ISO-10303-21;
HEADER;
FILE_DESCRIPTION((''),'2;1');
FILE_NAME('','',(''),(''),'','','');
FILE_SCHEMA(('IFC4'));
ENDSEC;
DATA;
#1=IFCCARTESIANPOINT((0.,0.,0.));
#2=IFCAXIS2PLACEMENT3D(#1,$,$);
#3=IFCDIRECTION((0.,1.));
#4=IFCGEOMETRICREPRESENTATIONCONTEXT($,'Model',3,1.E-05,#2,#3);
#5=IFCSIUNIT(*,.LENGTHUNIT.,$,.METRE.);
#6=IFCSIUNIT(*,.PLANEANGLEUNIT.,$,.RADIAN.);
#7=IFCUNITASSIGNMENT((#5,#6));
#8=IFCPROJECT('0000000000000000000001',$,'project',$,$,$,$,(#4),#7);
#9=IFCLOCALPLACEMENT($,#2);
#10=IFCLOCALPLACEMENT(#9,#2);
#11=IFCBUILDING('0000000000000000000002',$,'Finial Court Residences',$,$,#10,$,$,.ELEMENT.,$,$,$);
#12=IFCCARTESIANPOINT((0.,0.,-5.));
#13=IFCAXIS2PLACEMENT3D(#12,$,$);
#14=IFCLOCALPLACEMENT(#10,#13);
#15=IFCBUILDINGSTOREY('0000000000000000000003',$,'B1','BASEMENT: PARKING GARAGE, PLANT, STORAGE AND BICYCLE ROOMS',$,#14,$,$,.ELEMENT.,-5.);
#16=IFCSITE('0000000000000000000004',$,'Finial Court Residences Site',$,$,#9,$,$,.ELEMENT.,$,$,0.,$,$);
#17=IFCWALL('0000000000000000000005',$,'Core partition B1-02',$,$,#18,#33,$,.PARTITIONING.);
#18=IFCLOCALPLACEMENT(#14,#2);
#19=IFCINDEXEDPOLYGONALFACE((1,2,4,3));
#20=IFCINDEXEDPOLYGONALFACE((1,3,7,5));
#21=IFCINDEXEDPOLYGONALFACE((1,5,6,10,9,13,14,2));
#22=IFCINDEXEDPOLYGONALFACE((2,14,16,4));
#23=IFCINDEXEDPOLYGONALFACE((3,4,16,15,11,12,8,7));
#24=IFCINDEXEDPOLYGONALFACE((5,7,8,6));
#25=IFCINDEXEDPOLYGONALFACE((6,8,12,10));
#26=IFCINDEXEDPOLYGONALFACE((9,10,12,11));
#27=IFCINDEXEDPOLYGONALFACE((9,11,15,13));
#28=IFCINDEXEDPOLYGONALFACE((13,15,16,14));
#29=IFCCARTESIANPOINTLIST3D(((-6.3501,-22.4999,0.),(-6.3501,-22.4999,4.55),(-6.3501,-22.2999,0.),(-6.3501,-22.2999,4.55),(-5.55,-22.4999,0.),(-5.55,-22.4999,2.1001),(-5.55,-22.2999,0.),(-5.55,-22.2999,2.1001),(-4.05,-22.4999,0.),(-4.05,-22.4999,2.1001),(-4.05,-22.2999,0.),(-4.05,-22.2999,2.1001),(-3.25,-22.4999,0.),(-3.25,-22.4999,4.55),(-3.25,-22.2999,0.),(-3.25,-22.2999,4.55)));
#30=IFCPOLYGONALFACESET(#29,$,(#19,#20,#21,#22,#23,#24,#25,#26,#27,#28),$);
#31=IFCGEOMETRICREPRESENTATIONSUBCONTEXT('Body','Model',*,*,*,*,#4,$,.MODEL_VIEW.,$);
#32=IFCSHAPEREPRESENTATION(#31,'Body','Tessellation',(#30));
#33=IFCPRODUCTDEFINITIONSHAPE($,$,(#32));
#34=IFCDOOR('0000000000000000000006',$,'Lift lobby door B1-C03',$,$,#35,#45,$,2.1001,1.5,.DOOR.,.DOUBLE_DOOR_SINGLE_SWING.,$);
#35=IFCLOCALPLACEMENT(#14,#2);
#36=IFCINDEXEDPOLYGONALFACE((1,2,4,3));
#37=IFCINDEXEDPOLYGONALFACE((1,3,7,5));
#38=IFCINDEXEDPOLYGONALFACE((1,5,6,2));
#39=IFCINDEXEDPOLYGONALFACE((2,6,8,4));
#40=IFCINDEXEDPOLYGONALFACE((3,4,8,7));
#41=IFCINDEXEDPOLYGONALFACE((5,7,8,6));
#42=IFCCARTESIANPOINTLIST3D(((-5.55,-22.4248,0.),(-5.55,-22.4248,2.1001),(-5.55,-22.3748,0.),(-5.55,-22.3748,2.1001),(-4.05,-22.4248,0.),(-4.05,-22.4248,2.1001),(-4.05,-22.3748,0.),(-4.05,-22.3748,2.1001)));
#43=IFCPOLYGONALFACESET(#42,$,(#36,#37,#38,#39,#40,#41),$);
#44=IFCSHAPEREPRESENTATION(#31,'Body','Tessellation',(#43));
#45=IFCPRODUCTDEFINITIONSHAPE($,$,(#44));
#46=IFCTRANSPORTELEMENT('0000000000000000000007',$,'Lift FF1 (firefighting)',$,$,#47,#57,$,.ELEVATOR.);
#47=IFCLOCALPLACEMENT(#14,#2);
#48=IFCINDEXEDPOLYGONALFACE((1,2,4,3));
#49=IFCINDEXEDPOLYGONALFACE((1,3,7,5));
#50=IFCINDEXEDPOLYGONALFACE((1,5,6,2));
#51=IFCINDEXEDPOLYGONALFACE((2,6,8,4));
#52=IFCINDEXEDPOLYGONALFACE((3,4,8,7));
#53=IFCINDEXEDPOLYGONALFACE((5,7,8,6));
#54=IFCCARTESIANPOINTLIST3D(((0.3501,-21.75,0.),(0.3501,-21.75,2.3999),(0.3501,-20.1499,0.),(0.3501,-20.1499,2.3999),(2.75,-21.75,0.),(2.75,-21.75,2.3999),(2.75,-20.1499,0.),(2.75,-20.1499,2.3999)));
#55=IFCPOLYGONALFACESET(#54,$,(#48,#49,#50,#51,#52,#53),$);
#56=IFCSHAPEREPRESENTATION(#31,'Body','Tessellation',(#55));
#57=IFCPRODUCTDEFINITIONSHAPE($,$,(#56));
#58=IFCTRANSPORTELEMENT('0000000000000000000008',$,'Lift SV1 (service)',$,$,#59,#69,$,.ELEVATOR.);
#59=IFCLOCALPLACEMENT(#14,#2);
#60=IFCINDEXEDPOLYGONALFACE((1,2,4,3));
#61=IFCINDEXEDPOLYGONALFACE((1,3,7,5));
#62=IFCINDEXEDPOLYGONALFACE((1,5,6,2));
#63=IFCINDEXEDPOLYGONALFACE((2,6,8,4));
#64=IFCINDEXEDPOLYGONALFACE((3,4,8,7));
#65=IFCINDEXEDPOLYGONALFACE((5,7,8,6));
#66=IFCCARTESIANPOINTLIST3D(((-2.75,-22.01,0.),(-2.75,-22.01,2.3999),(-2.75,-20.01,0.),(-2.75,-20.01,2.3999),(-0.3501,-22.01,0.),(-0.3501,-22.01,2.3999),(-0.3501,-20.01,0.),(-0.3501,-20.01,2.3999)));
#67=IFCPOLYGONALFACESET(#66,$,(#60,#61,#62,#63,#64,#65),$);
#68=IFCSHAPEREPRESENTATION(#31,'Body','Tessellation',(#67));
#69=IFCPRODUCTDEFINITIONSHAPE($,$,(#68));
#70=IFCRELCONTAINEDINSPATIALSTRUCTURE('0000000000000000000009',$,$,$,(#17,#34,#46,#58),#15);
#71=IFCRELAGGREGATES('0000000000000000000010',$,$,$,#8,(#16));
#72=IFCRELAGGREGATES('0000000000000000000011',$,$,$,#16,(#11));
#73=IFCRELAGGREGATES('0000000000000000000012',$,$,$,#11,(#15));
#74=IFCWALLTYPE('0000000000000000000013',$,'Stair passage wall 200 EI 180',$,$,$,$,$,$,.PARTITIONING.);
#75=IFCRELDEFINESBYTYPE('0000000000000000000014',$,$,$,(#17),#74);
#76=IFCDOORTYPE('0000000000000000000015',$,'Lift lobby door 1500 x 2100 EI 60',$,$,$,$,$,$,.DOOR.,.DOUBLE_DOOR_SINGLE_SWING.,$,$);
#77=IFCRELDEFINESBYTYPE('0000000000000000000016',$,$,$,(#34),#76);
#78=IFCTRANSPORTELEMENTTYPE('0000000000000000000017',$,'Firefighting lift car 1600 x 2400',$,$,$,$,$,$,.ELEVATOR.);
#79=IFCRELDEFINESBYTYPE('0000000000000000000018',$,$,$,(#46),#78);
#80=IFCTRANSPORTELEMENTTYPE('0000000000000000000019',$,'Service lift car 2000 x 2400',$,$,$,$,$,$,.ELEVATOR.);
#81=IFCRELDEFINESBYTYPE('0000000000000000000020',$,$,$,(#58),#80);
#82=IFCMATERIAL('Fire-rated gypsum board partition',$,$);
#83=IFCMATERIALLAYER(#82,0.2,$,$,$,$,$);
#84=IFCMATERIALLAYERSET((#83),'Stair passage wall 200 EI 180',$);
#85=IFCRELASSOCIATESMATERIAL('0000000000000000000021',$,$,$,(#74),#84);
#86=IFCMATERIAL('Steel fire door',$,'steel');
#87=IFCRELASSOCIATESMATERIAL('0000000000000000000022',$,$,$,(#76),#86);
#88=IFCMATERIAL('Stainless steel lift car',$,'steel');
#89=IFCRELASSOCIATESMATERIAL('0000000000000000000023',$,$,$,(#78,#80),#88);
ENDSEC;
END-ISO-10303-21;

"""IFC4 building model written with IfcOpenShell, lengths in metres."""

from ifc_helpers import new_model, si_unit, direction, frame, frame_2d, origin, origin_2d, place, context, subcontext, project, spatial, rectangle, extrude, material, layer, layer_set, type_object, element, fill, save


model = new_model("IFC4")

# Units and contexts
model_context = context("Model", 3, precision=1e-05, world=origin(), true_north=direction((0.0, 1.0)))
body_context = subcontext(model_context, "Body", "Model", "MODEL_VIEW")
ifc_project = project(units=[si_unit("LENGTHUNIT", "METRE"), si_unit("PLANEANGLEUNIT", "RADIAN")], contexts=[model_context])

# Site, building, storey
site_placement = place(None, origin())
site = spatial("IfcSite", under=ifc_project, at=site_placement, Name="Finial Court Residences Site", CompositionType="ELEMENT", RefElevation=0.0)
building_placement = place(site_placement, origin())
building = spatial("IfcBuilding", under=site, at=building_placement, Name="Finial Court Residences", CompositionType="ELEMENT")
storey_placement = place(building_placement, frame((0.0, 0.0, -5.0)))
storey = spatial("IfcBuildingStorey", under=building, at=storey_placement, Name="B1", Description="BASEMENT: PARKING GARAGE, PLANT, STORAGE AND BICYCLE ROOMS", CompositionType="ELEMENT", Elevation=-5.0)

# Shared definitions
ifc_material_1 = material(Name="Fire-rated gypsum board partition")
ifc_material_2 = material(Name="Steel fire door", Category="steel")

# Wall, opening, door
ifc_layer_1 = layer(ifc_material_1, 0.2)
ifc_layer_set_1 = layer_set([ifc_layer_1], Name="Stair passage wall 200 EI 180")
wall_type_1 = type_object("IfcWallType", Name="Stair passage wall 200 EI 180", PredefinedType="PARTITIONING", material=ifc_layer_set_1)
wall_1_placement = place(storey_placement, frame((-3.25, -22.3999, 0.0), z_axis=(0.0, 0.0, 1.0), x_axis=(-1.0, 0.0, 0.0)))
wall_1 = element("IfcWall", 1, at=wall_1_placement, inside=storey, type_object=wall_type_1, Name="Core partition B1-02", PredefinedType="PARTITIONING", context=body_context, shape_type="SweptSolid", body=[
    extrude(rectangle(XDim=3.1001, YDim=0.2, at=frame_2d((1.55, 0.0))), origin(), (0.0, 0.0, 1.0), 4.55),
])
opening_1_placement = place(wall_1_placement, frame((0.8, 0.0, 0.0)))
opening_1 = element("IfcOpeningElement", 2, at=opening_1_placement, cuts=wall_1, PredefinedType="OPENING", context=body_context, shape_type="SweptSolid", body=[
    extrude(rectangle(XDim=1.5, YDim=2.1001, at=frame_2d((0.75, 1.05))), frame((0.0, 0.1099, 0.0), z_axis=(0.0, -1.0, 0.0), x_axis=(1.0, 0.0, 0.0)), (0.0, 0.0, 1.0), 0.22),
])
door_type_1 = type_object("IfcDoorType", Name="Lift lobby door 1500 x 2100 EI 60", OperationType="DOUBLE_DOOR_SINGLE_SWING", PredefinedType="DOOR", material=ifc_material_2)
door_1_placement = place(opening_1_placement, origin())
door_1 = element("IfcDoor", 3, at=door_1_placement, inside=storey, type_object=door_type_1, Name="Lift lobby door B1-C03", OperationType="DOUBLE_DOOR_SINGLE_SWING", OverallHeight=2.1001, OverallWidth=1.5, PredefinedType="DOOR", context=body_context, shape_type="SweptSolid", body=[
    extrude(rectangle(XDim=1.5, YDim=2.1001, at=frame_2d((0.75, 1.05))), frame((0.0, 0.0249, 0.0), z_axis=(0.0, -1.0, 0.0), x_axis=(1.0, 0.0, 0.0)), (0.0, 0.0, 1.0), 0.05),
])
fill(opening_1, door_1)

# Transport elements
ifc_material_3 = material(Name="Stainless steel lift car", Category="steel")
transport_element_type_1 = type_object("IfcTransportElementType", Name="Firefighting lift car 1600 x 2400", PredefinedType="ELEVATOR", material=ifc_material_3)
transport_element_1_placement = place(storey_placement, frame((1.55, -20.95, 0.0), z_axis=(0.0, 0.0, 1.0), x_axis=(1.0, 0.0, 0.0)))
element("IfcTransportElement", 4, at=transport_element_1_placement, inside=storey, type_object=transport_element_type_1, Name="Lift FF1 (firefighting)", PredefinedType="ELEVATOR", context=body_context, shape_type="SweptSolid", body=[
    extrude(rectangle(XDim=2.3999, YDim=1.6001, at=origin_2d()), origin(), (0.0, 0.0, 1.0), 2.3999),
])
transport_element_type_2 = type_object("IfcTransportElementType", Name="Service lift car 2000 x 2400", PredefinedType="ELEVATOR", material=ifc_material_3)
transport_element_2_placement = place(storey_placement, frame((-1.55, -21.01, 0.0), z_axis=(0.0, 0.0, 1.0), x_axis=(1.0, 0.0, 0.0)))
element("IfcTransportElement", 5, at=transport_element_2_placement, inside=storey, type_object=transport_element_type_2, Name="Lift SV1 (service)", PredefinedType="ELEVATOR", context=body_context, shape_type="SweptSolid", body=[
    extrude(rectangle(XDim=2.3999, YDim=2.0, at=origin_2d()), origin(), (0.0, 0.0, 1.0), 2.3999),
])

save(model, "model.ifc")
